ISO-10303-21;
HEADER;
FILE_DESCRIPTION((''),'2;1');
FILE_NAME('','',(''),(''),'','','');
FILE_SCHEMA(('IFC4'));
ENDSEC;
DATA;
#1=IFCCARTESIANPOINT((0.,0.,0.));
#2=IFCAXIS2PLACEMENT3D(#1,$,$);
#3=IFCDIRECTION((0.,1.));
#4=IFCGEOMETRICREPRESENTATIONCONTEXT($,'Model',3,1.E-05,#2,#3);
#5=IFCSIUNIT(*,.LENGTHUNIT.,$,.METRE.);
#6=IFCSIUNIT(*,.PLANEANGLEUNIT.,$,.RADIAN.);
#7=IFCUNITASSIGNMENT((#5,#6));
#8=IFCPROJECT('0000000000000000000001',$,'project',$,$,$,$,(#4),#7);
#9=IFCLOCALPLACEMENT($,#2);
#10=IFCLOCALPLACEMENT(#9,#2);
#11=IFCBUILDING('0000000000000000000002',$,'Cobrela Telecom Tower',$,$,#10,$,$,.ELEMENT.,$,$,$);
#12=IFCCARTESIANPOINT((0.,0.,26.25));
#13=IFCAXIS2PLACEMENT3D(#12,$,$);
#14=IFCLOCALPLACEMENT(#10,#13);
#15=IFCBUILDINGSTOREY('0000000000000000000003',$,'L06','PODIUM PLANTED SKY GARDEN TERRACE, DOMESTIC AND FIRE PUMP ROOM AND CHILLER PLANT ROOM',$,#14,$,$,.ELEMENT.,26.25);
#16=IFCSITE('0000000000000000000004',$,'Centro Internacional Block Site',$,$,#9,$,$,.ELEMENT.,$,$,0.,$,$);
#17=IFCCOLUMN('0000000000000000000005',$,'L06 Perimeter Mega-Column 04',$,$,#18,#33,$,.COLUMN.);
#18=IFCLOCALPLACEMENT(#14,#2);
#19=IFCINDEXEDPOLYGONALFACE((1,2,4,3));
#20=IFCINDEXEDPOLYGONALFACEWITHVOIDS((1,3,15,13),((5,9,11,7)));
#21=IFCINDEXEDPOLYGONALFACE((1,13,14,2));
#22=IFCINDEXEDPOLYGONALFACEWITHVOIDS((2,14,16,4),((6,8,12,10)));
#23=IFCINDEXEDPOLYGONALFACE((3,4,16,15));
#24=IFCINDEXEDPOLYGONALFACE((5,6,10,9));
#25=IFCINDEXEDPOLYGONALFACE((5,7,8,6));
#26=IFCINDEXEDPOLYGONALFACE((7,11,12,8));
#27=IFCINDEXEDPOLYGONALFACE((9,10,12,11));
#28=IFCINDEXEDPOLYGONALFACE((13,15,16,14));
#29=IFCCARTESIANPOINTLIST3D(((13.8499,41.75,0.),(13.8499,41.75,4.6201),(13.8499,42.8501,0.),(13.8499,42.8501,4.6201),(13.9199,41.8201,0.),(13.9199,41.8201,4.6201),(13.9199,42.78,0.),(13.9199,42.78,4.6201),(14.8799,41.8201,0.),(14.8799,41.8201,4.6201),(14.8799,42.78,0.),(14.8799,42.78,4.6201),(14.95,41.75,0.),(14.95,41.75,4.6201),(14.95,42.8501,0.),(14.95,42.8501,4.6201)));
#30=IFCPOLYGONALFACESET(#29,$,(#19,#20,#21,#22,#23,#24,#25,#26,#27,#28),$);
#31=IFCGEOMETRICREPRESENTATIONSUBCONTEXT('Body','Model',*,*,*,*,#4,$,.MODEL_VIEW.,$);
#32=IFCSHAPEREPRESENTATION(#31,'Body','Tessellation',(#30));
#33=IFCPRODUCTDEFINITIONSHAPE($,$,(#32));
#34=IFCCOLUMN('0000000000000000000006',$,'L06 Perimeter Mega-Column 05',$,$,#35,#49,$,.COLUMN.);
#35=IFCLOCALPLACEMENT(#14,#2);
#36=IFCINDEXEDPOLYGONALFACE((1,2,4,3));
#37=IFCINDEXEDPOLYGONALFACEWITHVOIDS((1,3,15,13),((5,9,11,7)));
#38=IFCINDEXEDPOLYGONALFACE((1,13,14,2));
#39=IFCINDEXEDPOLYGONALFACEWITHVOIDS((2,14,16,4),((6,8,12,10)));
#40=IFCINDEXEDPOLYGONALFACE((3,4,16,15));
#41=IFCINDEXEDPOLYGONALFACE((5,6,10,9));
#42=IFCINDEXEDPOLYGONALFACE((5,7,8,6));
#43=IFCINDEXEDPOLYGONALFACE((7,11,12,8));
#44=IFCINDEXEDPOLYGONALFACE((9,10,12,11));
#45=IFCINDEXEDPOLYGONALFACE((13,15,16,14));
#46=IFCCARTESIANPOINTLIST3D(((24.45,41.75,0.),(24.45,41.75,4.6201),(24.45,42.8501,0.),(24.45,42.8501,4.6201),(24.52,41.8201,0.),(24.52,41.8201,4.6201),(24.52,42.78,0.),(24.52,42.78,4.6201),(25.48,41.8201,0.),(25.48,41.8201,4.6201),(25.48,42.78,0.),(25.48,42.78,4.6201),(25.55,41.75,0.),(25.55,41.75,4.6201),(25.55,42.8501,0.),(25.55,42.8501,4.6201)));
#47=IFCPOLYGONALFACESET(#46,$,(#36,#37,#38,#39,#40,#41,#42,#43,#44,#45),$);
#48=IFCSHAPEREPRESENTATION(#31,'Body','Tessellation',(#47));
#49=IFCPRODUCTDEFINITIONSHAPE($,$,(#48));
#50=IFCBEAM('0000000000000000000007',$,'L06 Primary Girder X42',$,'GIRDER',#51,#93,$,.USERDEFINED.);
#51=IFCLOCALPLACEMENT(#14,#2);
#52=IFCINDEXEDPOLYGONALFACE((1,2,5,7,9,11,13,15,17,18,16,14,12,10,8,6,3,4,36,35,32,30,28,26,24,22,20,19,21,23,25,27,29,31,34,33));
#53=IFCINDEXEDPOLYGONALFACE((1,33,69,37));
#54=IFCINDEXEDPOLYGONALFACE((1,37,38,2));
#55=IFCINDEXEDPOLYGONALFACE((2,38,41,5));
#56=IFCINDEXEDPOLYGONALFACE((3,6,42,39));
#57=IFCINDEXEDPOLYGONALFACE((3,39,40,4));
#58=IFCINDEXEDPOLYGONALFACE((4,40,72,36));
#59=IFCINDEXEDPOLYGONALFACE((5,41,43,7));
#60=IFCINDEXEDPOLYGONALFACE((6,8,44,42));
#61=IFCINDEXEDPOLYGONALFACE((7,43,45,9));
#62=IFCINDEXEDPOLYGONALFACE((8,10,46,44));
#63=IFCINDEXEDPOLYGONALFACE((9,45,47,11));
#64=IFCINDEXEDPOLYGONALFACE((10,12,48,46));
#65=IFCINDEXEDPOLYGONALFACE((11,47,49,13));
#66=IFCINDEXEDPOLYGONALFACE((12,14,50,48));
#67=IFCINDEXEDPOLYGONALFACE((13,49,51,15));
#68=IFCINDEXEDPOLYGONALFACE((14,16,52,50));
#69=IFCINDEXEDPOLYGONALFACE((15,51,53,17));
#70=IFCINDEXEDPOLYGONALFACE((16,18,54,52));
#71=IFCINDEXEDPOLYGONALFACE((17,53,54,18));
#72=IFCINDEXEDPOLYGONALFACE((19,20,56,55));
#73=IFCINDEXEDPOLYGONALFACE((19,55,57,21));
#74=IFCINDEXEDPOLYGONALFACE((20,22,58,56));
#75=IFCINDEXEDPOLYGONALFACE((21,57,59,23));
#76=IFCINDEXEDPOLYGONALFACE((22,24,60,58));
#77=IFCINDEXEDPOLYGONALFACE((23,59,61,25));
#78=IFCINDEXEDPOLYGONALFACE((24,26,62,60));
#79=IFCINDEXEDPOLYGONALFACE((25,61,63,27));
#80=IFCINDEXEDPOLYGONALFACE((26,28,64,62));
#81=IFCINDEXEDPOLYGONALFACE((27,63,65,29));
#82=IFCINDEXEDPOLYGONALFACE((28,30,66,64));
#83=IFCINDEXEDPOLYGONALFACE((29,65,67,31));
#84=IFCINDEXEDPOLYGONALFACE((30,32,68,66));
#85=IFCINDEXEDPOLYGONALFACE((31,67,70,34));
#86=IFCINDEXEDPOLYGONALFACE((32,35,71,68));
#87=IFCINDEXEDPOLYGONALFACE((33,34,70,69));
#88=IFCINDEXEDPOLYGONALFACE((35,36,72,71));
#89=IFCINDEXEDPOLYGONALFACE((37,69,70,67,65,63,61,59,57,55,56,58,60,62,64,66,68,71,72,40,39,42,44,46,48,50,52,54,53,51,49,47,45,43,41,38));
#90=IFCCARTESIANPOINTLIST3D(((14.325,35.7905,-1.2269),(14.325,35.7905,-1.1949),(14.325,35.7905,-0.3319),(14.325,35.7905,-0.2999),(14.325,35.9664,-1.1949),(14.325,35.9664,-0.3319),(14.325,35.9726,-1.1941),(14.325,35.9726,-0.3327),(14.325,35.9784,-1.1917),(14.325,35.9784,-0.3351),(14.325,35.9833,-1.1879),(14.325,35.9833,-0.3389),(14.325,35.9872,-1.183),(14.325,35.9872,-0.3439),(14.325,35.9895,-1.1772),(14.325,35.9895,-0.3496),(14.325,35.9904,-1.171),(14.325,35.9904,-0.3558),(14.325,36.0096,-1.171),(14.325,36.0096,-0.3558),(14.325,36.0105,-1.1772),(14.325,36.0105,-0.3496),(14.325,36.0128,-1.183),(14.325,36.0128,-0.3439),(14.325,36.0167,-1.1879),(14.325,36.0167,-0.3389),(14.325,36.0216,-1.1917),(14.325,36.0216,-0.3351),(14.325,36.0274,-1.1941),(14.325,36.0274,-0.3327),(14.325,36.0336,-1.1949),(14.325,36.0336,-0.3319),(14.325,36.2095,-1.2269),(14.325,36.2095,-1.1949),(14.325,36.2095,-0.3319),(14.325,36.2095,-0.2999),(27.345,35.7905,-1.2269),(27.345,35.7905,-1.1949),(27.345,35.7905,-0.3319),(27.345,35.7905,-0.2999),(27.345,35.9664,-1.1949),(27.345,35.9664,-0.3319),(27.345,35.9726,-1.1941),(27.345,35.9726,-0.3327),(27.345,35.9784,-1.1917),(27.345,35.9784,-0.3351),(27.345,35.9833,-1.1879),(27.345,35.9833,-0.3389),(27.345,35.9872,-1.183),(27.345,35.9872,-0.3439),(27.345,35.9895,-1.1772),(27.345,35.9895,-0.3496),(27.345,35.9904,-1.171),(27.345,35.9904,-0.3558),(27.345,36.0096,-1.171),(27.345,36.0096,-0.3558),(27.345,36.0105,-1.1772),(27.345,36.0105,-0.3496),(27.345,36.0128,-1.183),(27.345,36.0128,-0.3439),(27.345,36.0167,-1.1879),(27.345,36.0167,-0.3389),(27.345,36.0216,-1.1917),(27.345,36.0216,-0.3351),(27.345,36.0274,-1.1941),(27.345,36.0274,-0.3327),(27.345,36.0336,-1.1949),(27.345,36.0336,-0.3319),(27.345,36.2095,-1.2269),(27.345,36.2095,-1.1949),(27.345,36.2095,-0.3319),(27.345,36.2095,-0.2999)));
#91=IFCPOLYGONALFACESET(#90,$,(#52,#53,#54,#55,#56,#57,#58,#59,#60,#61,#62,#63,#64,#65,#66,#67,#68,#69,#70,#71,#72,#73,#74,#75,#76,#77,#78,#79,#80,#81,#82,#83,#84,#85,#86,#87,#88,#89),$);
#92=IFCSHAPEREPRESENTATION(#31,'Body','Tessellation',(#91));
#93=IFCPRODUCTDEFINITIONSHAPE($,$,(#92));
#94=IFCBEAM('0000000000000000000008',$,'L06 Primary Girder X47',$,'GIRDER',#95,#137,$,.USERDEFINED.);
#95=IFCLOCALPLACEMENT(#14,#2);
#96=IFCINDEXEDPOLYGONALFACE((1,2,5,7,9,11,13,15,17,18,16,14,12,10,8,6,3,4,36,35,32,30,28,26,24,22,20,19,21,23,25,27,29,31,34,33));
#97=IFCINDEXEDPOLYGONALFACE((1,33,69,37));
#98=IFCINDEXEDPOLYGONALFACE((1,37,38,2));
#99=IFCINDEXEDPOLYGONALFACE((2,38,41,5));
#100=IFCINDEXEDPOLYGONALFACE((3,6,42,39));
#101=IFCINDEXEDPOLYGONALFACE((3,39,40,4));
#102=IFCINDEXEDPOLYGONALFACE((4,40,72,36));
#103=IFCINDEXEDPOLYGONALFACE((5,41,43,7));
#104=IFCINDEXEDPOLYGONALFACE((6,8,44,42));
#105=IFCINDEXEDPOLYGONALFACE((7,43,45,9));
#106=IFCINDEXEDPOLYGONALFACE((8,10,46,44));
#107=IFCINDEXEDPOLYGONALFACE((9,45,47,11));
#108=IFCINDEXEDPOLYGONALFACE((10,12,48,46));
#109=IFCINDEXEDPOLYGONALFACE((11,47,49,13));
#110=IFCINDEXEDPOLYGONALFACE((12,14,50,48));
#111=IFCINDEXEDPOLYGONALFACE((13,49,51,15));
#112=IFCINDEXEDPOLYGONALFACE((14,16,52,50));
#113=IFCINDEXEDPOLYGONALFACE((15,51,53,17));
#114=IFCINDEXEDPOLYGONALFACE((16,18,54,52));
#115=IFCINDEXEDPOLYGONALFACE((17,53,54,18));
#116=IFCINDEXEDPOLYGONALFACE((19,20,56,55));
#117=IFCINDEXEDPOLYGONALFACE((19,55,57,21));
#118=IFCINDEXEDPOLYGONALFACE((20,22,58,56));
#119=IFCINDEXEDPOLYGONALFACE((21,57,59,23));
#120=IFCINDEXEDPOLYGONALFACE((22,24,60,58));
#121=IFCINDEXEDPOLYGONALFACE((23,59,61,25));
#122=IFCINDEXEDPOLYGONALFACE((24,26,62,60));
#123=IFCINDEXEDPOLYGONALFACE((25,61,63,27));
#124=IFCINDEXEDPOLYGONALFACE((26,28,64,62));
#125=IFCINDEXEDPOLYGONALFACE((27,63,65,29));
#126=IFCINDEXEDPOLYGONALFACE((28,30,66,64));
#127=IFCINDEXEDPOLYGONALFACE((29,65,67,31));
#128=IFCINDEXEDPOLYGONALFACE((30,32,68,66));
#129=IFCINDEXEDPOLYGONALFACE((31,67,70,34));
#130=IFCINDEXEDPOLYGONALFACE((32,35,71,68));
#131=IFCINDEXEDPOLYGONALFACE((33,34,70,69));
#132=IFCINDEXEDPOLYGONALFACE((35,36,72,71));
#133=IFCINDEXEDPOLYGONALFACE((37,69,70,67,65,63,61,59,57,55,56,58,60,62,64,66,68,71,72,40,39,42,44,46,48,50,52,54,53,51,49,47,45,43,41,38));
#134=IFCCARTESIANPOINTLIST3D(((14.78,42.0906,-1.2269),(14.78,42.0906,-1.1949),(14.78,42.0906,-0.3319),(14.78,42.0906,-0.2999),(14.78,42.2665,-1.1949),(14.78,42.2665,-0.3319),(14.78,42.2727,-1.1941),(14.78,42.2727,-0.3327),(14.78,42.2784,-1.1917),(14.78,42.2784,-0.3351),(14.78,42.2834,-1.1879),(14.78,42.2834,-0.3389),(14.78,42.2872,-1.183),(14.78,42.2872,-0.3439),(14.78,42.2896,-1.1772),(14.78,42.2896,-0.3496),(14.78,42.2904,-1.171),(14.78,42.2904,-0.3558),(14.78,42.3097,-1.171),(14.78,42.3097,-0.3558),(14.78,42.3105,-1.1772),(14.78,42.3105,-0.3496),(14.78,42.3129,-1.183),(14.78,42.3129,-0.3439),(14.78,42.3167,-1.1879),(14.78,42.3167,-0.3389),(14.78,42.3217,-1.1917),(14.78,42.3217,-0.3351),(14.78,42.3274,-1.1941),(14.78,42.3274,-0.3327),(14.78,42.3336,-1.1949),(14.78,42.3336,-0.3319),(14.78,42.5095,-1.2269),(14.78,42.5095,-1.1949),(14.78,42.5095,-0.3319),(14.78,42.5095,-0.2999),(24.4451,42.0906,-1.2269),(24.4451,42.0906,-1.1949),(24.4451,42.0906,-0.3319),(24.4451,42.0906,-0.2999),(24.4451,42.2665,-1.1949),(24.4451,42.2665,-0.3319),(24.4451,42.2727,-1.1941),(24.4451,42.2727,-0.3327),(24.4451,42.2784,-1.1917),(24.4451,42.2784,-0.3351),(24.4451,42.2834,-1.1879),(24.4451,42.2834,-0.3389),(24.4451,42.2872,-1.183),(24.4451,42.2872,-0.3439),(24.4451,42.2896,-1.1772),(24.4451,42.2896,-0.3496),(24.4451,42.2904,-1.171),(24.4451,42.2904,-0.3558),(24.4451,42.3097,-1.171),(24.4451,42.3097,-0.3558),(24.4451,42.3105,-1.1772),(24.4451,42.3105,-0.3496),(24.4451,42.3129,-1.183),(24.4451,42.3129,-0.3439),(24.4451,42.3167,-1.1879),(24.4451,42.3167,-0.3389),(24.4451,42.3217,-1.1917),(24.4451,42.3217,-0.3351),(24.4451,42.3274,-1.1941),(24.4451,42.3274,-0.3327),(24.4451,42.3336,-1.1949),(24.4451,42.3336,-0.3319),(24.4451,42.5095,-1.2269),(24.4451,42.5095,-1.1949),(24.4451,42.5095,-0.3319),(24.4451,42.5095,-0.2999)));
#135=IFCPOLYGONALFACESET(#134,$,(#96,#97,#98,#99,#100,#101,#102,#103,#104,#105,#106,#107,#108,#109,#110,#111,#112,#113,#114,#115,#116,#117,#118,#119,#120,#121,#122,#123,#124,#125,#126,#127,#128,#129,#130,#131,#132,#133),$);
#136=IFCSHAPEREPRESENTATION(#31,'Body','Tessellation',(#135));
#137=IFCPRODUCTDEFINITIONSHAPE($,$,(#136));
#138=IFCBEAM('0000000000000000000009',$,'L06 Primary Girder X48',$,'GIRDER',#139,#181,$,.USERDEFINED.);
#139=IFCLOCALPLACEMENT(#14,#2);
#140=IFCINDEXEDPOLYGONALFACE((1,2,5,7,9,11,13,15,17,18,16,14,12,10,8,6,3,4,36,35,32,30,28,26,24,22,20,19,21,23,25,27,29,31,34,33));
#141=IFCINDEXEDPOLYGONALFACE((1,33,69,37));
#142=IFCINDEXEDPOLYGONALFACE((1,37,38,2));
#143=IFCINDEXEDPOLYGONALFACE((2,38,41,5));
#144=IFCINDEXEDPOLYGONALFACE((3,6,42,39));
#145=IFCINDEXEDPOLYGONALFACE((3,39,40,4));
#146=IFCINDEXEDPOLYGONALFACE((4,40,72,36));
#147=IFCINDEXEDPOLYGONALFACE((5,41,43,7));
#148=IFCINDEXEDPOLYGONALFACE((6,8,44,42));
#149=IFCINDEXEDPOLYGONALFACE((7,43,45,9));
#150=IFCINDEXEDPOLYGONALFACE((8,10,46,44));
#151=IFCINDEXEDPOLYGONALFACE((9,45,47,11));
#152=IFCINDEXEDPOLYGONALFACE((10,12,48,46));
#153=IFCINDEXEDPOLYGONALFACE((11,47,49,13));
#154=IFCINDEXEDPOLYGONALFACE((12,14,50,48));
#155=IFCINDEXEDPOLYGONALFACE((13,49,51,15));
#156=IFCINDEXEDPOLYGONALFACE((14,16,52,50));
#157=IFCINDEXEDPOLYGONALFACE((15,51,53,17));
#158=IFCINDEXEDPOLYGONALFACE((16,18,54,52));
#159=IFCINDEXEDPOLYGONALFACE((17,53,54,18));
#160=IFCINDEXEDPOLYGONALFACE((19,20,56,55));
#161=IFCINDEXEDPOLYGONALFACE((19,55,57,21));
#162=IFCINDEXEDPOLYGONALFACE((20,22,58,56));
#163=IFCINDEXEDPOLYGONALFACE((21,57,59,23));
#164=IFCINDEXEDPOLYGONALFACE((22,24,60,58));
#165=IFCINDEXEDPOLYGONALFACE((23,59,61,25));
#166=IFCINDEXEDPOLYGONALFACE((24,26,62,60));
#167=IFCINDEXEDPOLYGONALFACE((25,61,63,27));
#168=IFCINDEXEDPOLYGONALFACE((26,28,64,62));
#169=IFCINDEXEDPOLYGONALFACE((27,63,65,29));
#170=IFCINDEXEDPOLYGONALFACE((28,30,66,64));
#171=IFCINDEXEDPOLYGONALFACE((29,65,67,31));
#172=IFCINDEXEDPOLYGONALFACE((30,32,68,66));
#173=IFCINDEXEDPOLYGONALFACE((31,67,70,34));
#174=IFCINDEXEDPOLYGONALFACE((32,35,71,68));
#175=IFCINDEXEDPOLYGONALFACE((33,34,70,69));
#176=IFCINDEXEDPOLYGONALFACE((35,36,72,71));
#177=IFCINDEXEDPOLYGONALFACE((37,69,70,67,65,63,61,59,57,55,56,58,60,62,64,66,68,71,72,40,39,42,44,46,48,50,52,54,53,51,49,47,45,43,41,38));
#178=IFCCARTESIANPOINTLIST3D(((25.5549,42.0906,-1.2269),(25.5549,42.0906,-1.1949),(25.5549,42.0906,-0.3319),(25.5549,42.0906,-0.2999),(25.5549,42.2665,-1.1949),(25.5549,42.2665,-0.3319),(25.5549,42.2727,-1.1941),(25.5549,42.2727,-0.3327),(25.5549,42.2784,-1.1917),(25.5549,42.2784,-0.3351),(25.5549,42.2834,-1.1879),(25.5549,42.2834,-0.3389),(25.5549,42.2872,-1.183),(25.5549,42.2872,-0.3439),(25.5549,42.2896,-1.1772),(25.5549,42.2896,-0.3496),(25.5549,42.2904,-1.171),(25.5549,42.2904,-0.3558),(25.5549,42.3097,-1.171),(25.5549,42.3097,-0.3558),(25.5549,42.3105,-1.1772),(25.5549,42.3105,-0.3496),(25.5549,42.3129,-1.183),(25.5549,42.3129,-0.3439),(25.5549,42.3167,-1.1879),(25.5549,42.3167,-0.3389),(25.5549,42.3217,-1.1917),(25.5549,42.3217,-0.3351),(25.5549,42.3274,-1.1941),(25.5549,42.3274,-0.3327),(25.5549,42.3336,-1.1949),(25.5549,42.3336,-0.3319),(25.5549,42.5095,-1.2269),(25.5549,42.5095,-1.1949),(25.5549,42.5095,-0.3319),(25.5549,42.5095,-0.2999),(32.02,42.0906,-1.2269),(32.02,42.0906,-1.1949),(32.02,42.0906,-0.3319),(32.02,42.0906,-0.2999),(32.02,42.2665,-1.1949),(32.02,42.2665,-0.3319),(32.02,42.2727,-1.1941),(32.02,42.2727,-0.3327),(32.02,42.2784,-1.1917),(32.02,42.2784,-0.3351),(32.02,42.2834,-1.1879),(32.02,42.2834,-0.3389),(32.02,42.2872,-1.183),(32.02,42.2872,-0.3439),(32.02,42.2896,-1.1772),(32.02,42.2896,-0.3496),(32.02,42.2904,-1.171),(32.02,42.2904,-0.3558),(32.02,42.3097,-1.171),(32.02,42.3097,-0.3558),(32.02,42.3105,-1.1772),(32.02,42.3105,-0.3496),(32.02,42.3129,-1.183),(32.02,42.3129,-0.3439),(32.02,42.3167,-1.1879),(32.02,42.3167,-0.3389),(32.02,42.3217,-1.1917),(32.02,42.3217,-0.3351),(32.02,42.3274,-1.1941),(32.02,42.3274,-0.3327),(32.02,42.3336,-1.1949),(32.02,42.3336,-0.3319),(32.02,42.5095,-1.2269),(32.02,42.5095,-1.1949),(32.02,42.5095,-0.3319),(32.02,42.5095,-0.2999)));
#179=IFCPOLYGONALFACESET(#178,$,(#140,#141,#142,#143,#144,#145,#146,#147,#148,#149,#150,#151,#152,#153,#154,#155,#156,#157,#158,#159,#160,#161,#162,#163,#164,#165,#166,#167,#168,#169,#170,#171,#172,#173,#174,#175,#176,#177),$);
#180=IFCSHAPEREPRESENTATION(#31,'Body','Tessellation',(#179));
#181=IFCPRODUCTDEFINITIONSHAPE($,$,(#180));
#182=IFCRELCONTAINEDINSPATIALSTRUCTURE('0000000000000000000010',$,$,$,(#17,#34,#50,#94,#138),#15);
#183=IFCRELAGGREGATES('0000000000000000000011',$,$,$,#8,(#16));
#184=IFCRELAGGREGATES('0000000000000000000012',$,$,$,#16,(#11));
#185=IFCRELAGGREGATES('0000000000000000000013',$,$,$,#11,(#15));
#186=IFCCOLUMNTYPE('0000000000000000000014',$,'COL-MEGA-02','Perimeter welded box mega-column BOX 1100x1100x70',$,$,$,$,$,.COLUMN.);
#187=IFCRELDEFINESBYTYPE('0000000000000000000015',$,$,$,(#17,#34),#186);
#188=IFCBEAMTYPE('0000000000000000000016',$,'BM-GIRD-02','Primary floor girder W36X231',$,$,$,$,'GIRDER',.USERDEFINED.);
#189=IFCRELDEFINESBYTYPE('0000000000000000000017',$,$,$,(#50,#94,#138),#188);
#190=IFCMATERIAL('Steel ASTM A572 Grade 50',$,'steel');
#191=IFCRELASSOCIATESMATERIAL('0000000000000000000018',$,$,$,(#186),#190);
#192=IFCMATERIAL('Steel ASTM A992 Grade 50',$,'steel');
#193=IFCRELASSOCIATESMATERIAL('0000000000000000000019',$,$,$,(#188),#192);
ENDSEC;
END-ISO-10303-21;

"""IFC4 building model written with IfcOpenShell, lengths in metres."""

from ifc_helpers import new_model, si_unit, direction, frame, origin, origin_2d, place, context, subcontext, project, spatial, hollow_rectangle, i_section, extrude, material, material_profile, profile_set, type_object, element, save


model = new_model("IFC4")

# Units and contexts
model_context = context("Model", 3, precision=1e-05, world=origin(), true_north=direction((0.0, 1.0)))
body_context = subcontext(model_context, "Body", "Model", "MODEL_VIEW")
ifc_project = project(units=[si_unit("LENGTHUNIT", "METRE"), si_unit("PLANEANGLEUNIT", "RADIAN")], contexts=[model_context])

# Site, building, storey
site_placement = place(None, origin())
site = spatial("IfcSite", under=ifc_project, at=site_placement, Name="Centro Internacional Block Site", CompositionType="ELEMENT", RefElevation=0.0)
building_placement = place(site_placement, origin())
building = spatial("IfcBuilding", under=site, at=building_placement, Name="Cobrela Telecom Tower", CompositionType="ELEMENT")
storey_placement = place(building_placement, frame((0.0, 0.0, 26.25)))
storey = spatial("IfcBuildingStorey", under=building, at=storey_placement, Name="L06", Description="PODIUM PLANTED SKY GARDEN TERRACE, DOMESTIC AND FIRE PUMP ROOM AND CHILLER PLANT ROOM", CompositionType="ELEMENT", Elevation=26.25)

# Columns
ifc_material_1 = material(Name="Steel ASTM A572 Grade 50", Category="steel")
ifc_material_profile_1 = material_profile(ifc_material_1, hollow_rectangle(XDim=1.1001, YDim=1.1001, WallThickness=0.0701, at=origin_2d()), Name="BOX 1100x1100x70")
ifc_profile_set_1 = profile_set([ifc_material_profile_1], Name="Steel ASTM A572 Grade 50")
column_type = type_object("IfcColumnType", Name="COL-MEGA-02", Description="Perimeter welded box mega-column BOX 1100x1100x70", PredefinedType="COLUMN", material=ifc_profile_set_1)
for number, where, z_axis, x_axis, name in (
    (1, (14.3999, 42.3, 0.0), (0.0, 0.0, 1.0), (1.0, 0.0, 0.0), "L06 Perimeter Mega-Column 04"),
    (2, (25.0, 42.3, 0.0), (0.0, 0.0, 1.0), (1.0, 0.0, 0.0), "L06 Perimeter Mega-Column 05"),
):
    element("IfcColumn", number, at=place(storey_placement, frame(where, z_axis=z_axis, x_axis=x_axis)), inside=storey, type_object=column_type, Name=name, PredefinedType="COLUMN", context=body_context, shape_type="SweptSolid", body=[
        extrude(hollow_rectangle(XDim=1.1001, YDim=1.1001, WallThickness=0.0701, at=origin_2d()), origin(), (0.0, 0.0, 1.0), 4.6201),
    ])

# Beams
ifc_material_2 = material(Name="Steel ASTM A992 Grade 50", Category="steel")
ifc_material_profile_2 = material_profile(ifc_material_2, i_section(OverallWidth=0.4189, OverallDepth=0.927, WebThickness=0.0193, FlangeThickness=0.032, FilletRadius=0.0239, at=origin_2d()), Name="W36X231")
ifc_profile_set_2 = profile_set([ifc_material_profile_2], Name="Steel ASTM A992 Grade 50")
beam_type_1 = type_object("IfcBeamType", Name="BM-GIRD-02", Description="Primary floor girder W36X231", ElementType="GIRDER", PredefinedType="USERDEFINED", material=ifc_profile_set_2)
beam_1_placement = place(storey_placement, frame((14.325, 36.0, -0.7634), z_axis=(1.0, 0.0, 0.0), x_axis=(0.0, 1.0, 0.0)))
element("IfcBeam", 3, at=beam_1_placement, inside=storey, type_object=beam_type_1, Name="L06 Primary Girder X42", ObjectType="GIRDER", PredefinedType="USERDEFINED", context=body_context, shape_type="SweptSolid", body=[
    extrude(i_section(OverallWidth=0.4189, OverallDepth=0.927, WebThickness=0.0193, FlangeThickness=0.032, FilletRadius=0.0239, at=origin_2d()), origin(), (0.0, 0.0, 1.0), 13.02),
])
beam_2_placement = place(storey_placement, frame((14.78, 42.3, -0.7634), z_axis=(1.0, 0.0, 0.0), x_axis=(0.0, 1.0, 0.0)))
element("IfcBeam", 4, at=beam_2_placement, inside=storey, type_object=beam_type_1, Name="L06 Primary Girder X47", ObjectType="GIRDER", PredefinedType="USERDEFINED", context=body_context, shape_type="SweptSolid", body=[
    extrude(i_section(OverallWidth=0.4189, OverallDepth=0.927, WebThickness=0.0193, FlangeThickness=0.032, FilletRadius=0.0239, at=origin_2d()), origin(), (0.0, 0.0, 1.0), 9.665),
])
beam_3_placement = place(storey_placement, frame((25.5549, 42.3, -0.7634), z_axis=(1.0, 0.0, 0.0), x_axis=(0.0, 1.0, 0.0)))
element("IfcBeam", 5, at=beam_3_placement, inside=storey, type_object=beam_type_1, Name="L06 Primary Girder X48", ObjectType="GIRDER", PredefinedType="USERDEFINED", context=body_context, shape_type="SweptSolid", body=[
    extrude(i_section(OverallWidth=0.4189, OverallDepth=0.927, WebThickness=0.0193, FlangeThickness=0.032, FilletRadius=0.0239, at=origin_2d()), origin(), (0.0, 0.0, 1.0), 6.4651),
])

save(model, "model.ifc")
